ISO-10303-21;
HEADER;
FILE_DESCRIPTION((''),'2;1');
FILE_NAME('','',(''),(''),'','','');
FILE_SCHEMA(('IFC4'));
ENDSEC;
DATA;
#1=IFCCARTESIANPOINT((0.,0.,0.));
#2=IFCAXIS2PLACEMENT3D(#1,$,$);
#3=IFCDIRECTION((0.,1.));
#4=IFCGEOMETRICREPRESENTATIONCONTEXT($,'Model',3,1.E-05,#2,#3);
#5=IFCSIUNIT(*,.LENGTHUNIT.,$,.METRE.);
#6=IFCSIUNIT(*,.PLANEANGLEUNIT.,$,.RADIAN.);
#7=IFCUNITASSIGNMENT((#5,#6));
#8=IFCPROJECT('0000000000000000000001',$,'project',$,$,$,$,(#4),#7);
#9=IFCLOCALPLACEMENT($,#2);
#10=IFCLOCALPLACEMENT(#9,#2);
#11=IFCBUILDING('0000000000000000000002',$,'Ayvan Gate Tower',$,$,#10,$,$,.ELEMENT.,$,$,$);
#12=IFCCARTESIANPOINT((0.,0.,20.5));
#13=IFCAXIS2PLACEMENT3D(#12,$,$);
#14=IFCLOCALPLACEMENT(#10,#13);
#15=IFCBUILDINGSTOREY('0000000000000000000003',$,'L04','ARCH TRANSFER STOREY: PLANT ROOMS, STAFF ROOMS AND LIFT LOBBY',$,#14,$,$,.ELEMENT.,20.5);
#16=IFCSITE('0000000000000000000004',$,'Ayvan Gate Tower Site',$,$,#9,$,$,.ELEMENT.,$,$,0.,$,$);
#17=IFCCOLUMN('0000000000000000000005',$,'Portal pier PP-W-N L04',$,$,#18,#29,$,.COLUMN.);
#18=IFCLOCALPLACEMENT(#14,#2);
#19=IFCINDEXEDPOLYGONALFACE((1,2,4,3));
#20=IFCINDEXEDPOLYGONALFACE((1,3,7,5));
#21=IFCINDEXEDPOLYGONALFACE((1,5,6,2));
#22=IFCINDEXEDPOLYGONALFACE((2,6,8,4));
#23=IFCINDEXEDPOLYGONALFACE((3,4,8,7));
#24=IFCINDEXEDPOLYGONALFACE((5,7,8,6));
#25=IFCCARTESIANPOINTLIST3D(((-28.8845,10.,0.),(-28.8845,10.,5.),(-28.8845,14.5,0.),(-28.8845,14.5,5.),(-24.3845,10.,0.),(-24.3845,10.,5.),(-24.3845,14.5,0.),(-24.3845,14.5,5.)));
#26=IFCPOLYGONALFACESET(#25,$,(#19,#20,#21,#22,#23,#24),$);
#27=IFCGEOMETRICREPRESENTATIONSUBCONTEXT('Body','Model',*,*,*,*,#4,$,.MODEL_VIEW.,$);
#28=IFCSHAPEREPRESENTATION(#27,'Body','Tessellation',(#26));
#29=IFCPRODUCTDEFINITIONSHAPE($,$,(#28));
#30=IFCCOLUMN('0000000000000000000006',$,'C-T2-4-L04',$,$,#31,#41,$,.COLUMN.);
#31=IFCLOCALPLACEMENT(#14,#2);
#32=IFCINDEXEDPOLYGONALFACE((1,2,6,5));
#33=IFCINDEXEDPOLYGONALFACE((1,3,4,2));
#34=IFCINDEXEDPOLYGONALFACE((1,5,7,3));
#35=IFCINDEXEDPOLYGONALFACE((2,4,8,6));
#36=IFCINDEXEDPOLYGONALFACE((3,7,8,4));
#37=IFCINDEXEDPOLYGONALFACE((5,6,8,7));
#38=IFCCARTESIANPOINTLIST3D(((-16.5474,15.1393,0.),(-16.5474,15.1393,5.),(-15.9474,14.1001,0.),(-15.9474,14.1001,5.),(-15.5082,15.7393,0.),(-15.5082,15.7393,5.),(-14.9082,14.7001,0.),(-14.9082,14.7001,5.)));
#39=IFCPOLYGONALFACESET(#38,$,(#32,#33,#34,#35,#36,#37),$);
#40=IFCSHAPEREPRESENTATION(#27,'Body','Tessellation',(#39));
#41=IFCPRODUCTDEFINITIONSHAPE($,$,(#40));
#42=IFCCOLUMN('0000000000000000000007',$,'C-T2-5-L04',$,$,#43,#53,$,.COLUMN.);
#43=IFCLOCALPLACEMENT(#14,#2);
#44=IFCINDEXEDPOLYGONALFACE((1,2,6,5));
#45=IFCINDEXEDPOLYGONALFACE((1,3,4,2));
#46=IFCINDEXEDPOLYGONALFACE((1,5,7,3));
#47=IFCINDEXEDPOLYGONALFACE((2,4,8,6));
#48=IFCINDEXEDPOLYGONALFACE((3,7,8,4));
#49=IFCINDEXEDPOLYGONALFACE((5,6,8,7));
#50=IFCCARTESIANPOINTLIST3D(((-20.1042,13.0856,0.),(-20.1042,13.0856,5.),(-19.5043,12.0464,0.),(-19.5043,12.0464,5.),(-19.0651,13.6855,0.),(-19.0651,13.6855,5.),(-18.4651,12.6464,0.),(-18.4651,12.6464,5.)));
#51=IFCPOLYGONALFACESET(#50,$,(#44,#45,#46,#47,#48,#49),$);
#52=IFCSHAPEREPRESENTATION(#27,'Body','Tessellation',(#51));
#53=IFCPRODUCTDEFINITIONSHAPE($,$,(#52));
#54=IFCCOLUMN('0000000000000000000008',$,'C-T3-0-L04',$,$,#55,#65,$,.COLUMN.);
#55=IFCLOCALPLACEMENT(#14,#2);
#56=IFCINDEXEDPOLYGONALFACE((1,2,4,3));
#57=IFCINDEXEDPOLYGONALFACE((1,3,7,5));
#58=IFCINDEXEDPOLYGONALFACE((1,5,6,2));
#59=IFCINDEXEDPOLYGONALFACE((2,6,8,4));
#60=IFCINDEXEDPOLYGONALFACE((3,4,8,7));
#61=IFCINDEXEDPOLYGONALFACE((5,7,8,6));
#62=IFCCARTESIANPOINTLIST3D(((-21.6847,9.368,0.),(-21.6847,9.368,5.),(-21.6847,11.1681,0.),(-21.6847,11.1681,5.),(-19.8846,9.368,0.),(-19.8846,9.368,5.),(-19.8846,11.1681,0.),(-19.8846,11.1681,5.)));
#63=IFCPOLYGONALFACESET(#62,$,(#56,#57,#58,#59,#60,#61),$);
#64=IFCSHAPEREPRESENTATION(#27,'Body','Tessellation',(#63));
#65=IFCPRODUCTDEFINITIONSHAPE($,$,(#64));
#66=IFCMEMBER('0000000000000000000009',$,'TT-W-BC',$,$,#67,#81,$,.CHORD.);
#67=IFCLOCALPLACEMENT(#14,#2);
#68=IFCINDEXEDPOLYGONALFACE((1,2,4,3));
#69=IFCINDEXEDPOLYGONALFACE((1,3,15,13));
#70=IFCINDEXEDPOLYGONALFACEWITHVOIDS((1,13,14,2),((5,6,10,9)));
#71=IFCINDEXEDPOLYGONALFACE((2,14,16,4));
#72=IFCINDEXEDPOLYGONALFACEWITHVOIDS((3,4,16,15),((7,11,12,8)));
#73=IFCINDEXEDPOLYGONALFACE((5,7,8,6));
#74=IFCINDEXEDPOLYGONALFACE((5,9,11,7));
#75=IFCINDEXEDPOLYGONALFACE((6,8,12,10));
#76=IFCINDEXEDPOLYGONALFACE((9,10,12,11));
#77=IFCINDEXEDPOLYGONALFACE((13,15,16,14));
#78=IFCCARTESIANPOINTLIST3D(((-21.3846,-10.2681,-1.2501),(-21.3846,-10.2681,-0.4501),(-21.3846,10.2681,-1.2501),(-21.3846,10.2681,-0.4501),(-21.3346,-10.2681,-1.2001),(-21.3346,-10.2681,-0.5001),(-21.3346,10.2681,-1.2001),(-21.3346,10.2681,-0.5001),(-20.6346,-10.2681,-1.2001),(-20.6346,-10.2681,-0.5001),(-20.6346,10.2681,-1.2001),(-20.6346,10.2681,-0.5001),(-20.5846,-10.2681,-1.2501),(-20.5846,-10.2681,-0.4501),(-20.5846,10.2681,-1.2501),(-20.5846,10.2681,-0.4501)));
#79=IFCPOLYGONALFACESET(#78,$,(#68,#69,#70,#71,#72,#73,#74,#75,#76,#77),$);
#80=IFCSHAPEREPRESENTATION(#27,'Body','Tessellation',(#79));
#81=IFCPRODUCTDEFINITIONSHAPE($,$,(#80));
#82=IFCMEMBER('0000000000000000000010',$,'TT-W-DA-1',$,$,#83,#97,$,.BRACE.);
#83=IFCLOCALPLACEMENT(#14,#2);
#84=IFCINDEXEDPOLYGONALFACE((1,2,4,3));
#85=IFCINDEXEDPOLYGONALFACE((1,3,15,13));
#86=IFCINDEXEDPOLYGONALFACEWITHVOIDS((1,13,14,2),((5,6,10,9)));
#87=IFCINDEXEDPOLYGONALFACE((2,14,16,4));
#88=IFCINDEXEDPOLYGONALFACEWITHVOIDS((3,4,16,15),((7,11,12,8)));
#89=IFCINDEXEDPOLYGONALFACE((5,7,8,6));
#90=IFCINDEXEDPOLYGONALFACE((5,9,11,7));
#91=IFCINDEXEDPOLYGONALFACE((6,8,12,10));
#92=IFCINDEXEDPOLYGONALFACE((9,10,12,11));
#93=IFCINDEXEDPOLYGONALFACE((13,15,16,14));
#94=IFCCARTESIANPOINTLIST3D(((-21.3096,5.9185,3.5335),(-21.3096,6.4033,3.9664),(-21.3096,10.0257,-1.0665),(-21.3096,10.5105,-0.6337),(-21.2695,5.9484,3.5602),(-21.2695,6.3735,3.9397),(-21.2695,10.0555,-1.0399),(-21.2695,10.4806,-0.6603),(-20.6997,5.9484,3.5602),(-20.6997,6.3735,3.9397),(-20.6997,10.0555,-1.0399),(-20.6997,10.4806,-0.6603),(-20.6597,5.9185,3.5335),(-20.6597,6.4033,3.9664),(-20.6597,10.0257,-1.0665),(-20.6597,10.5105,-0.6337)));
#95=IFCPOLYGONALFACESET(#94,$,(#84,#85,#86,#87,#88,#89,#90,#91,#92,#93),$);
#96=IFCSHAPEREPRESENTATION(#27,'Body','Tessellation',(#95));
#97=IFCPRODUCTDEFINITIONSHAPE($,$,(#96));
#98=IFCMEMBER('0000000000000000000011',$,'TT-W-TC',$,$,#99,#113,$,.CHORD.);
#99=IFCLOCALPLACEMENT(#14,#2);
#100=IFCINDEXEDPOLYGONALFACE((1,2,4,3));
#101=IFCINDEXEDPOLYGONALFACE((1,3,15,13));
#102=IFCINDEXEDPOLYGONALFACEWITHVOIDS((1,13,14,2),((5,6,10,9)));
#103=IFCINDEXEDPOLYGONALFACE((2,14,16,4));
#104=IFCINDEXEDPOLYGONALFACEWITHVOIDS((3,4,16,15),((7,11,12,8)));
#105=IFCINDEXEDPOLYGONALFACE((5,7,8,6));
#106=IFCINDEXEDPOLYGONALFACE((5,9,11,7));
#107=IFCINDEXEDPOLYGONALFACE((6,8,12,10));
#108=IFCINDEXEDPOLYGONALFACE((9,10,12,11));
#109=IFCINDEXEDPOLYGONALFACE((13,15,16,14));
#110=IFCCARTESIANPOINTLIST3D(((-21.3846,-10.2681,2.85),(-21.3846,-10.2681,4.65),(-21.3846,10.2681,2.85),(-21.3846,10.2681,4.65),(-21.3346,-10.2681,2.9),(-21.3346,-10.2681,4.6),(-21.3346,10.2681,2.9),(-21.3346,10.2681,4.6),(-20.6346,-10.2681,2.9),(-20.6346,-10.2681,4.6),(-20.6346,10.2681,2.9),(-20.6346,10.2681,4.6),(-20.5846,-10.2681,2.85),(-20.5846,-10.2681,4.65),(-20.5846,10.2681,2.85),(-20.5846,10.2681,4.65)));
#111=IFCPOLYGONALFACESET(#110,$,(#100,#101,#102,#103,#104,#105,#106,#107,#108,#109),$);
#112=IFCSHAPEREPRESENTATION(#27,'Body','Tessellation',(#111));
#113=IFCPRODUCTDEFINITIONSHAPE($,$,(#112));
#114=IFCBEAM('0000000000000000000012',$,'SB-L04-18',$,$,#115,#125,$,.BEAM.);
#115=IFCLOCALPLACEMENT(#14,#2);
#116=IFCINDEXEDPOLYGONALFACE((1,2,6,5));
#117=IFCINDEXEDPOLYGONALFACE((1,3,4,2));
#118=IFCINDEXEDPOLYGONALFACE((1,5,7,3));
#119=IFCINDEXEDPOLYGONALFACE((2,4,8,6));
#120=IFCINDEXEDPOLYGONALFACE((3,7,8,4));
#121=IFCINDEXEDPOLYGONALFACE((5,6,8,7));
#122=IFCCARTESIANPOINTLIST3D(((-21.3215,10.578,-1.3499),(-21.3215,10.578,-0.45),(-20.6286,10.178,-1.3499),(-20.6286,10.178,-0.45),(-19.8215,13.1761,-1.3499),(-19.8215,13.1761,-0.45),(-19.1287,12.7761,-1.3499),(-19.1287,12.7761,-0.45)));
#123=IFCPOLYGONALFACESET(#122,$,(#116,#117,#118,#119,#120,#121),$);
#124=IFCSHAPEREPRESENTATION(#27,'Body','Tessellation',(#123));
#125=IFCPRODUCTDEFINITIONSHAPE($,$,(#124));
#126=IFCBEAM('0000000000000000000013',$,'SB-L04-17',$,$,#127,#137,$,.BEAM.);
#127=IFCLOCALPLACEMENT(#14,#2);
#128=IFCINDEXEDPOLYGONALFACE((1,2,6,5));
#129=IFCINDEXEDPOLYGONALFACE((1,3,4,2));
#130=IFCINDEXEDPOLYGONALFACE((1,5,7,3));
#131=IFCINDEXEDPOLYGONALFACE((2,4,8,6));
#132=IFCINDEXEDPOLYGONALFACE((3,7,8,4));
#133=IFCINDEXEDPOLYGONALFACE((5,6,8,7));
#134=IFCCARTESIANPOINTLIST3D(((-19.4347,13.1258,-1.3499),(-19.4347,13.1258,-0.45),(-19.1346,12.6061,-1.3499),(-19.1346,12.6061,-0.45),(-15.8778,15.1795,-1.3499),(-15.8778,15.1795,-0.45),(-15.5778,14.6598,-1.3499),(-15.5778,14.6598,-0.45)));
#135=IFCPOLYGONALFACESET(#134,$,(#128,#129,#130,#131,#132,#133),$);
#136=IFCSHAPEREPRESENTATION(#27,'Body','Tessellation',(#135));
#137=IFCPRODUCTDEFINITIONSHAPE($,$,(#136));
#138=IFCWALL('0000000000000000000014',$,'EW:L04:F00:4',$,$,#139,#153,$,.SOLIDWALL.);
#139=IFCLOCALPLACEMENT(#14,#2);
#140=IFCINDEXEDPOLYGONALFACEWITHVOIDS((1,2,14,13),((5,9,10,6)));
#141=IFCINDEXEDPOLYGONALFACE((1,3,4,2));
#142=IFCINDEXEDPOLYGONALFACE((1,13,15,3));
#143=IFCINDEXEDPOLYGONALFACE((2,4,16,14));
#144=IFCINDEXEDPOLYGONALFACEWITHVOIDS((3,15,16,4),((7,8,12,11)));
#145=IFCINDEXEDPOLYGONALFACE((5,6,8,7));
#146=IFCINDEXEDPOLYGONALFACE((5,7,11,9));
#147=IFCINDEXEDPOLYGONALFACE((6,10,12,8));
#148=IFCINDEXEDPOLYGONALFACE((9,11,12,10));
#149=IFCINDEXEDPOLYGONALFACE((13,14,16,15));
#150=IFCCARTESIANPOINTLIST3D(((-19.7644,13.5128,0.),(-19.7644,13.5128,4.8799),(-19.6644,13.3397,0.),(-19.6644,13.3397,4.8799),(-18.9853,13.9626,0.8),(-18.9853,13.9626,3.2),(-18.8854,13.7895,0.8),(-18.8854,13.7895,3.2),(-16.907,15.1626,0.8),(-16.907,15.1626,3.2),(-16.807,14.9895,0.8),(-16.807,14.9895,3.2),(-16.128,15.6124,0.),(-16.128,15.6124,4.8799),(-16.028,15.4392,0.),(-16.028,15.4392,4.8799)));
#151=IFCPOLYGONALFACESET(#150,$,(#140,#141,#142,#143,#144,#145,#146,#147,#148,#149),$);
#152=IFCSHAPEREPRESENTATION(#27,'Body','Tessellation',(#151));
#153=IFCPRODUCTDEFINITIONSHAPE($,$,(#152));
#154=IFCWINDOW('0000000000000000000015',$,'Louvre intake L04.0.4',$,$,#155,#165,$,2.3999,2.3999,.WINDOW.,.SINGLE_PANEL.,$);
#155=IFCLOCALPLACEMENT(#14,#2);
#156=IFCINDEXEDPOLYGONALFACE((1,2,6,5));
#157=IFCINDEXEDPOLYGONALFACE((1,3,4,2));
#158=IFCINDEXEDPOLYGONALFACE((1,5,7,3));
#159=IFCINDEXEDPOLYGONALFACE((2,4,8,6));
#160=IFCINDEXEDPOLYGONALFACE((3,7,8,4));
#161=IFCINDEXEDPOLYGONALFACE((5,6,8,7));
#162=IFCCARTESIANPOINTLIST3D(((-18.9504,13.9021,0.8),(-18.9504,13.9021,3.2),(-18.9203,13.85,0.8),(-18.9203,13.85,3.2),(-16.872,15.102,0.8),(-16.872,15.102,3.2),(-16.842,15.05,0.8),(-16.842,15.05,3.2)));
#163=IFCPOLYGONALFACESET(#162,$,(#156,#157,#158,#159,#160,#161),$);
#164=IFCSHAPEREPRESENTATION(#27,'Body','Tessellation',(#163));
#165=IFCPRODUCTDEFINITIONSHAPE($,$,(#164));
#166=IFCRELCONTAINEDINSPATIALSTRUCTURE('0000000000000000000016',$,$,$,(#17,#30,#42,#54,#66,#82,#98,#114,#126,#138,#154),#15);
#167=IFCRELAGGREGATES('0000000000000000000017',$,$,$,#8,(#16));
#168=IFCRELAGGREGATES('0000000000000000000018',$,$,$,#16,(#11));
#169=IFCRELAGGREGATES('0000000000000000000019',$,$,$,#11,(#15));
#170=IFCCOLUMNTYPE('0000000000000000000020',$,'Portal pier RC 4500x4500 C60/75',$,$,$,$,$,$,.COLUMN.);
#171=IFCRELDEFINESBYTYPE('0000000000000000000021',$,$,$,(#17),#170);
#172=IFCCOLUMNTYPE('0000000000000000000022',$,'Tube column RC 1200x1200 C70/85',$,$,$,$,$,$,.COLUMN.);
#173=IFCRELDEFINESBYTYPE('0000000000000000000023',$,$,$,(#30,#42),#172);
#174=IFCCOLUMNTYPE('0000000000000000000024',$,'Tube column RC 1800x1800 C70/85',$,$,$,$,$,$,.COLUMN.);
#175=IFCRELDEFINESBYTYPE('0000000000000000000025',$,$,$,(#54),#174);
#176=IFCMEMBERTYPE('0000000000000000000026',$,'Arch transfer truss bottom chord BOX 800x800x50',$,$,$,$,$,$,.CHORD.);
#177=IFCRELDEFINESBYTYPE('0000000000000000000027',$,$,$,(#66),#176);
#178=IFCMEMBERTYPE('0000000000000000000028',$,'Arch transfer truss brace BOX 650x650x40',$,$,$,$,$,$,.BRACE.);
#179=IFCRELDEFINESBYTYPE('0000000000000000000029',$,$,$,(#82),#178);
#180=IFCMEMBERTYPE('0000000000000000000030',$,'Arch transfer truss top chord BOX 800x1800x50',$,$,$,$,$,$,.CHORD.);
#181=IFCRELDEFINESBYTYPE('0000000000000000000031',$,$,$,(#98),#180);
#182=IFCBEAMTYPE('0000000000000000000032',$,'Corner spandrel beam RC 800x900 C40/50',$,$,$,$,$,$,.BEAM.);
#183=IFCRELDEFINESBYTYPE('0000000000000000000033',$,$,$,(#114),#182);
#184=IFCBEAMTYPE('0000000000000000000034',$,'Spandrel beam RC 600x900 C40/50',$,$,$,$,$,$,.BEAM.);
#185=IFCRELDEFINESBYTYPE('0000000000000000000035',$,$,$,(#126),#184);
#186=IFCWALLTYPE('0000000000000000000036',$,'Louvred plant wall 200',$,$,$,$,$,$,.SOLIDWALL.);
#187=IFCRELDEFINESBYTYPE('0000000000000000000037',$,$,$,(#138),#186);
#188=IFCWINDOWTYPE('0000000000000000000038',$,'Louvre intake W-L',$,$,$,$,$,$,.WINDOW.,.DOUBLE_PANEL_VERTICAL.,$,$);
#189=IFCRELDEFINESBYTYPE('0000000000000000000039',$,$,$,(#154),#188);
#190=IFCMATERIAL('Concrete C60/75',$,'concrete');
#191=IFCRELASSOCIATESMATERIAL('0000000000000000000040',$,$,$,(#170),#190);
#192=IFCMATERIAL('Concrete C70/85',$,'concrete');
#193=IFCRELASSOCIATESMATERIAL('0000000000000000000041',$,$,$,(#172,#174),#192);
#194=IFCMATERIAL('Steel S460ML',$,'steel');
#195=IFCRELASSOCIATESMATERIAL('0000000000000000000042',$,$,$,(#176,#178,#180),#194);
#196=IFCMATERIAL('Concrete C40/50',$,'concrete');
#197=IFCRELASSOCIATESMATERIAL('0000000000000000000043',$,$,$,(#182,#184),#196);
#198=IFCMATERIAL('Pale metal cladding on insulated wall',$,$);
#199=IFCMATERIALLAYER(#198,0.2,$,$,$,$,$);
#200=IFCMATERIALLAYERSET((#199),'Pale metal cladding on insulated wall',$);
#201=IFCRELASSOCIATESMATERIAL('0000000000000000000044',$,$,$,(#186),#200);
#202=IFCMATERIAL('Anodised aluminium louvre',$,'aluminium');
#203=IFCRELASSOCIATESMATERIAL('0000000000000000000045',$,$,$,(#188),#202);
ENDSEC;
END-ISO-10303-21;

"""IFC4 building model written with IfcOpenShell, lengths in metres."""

from ifc_helpers import new_model, si_unit, direction, frame, frame_2d, origin, origin_2d, place, context, subcontext, project, spatial, rectangle, hollow_rectangle, extrude, material, layer, layer_set, material_profile, profile_set, type_object, element, fill, save


model = new_model("IFC4")

# Units and contexts
model_context = context("Model", 3, precision=1e-05, world=origin(), true_north=direction((0.0, 1.0)))
body_context = subcontext(model_context, "Body", "Model", "MODEL_VIEW")
ifc_project = project(units=[si_unit("LENGTHUNIT", "METRE"), si_unit("PLANEANGLEUNIT", "RADIAN")], contexts=[model_context])

# Site, building, storey
site_placement = place(None, origin())
site = spatial("IfcSite", under=ifc_project, at=site_placement, Name="Ayvan Gate Tower Site", CompositionType="ELEMENT", RefElevation=0.0)
building_placement = place(site_placement, origin())
building = spatial("IfcBuilding", under=site, at=building_placement, Name="Ayvan Gate Tower", CompositionType="ELEMENT")
storey_placement = place(building_placement, frame((0.0, 0.0, 20.5)))
storey = spatial("IfcBuildingStorey", under=building, at=storey_placement, Name="L04", Description="ARCH TRANSFER STOREY: PLANT ROOMS, STAFF ROOMS AND LIFT LOBBY", CompositionType="ELEMENT", Elevation=20.5)

# Columns
ifc_material_1 = material(Name="Concrete C60/75", Category="concrete")
ifc_material_profile_1 = material_profile(ifc_material_1, rectangle(XDim=4.5, YDim=4.5, at=origin_2d()), Name="RC 4500x4500")
ifc_profile_set_1 = profile_set([ifc_material_profile_1], Name="Concrete C60/75")
column_type_1 = type_object("IfcColumnType", Name="Portal pier RC 4500x4500 C60/75", PredefinedType="COLUMN", material=ifc_profile_set_1)
column_1_placement = place(storey_placement, frame((-26.6345, 12.25, 0.0), z_axis=(0.0, 0.0, 1.0), x_axis=(-1.0, 0.0, 0.0)))
element("IfcColumn", 1, at=column_1_placement, inside=storey, type_object=column_type_1, Name="Portal pier PP-W-N L04", PredefinedType="COLUMN", context=body_context, shape_type="SweptSolid", body=[
    extrude(rectangle(XDim=4.5, YDim=4.5, at=origin_2d()), origin(), (0.0, 0.0, 1.0), 5.0),
])
ifc_material_2 = material(Name="Concrete C70/85", Category="concrete")
ifc_material_profile_2 = material_profile(ifc_material_2, rectangle(XDim=1.2, YDim=1.2, at=origin_2d()), Name="RC 1200x1200")
ifc_profile_set_2 = profile_set([ifc_material_profile_2], Name="Concrete C70/85")
column_type_2 = type_object("IfcColumnType", Name="Tube column RC 1200x1200 C70/85", PredefinedType="COLUMN", material=ifc_profile_set_2)
for number, where, z_axis, x_axis, name in (
    (2, (-15.7278, 14.9197, 0.0), (0.0, 0.0, 1.0), (-0.5, 0.866025, 0.0), "C-T2-4-L04"),
    (3, (-19.2847, 12.866, 0.0), (0.0, 0.0, 1.0), (-0.5, 0.866025, 0.0), "C-T2-5-L04"),
):
    element("IfcColumn", number, at=place(storey_placement, frame(where, z_axis=z_axis, x_axis=x_axis)), inside=storey, type_object=column_type_2, Name=name, PredefinedType="COLUMN", context=body_context, shape_type="SweptSolid", body=[
        extrude(rectangle(XDim=1.2, YDim=1.2, at=origin_2d()), origin(), (0.0, 0.0, 1.0), 5.0),
    ])
ifc_material_profile_3 = material_profile(ifc_material_2, rectangle(XDim=1.8, YDim=1.8, at=origin_2d()), Name="RC 1800x1800")
ifc_profile_set_3 = profile_set([ifc_material_profile_3], Name="Concrete C70/85")
column_type_3 = type_object("IfcColumnType", Name="Tube column RC 1800x1800 C70/85", PredefinedType="COLUMN", material=ifc_profile_set_3)
column_2_placement = place(storey_placement, frame((-20.7847, 10.2681, 0.0), z_axis=(0.0, 0.0, 1.0), x_axis=(-1.0, 0.0, 0.0)))
element("IfcColumn", 4, at=column_2_placement, inside=storey, type_object=column_type_3, Name="C-T3-0-L04", PredefinedType="COLUMN", context=body_context, shape_type="SweptSolid", body=[
    extrude(rectangle(XDim=1.8, YDim=1.8, at=origin_2d()), origin(), (0.0, 0.0, 1.0), 5.0),
])

# Members
ifc_material_3 = material(Name="Steel S460ML", Category="steel")
ifc_material_profile_4 = material_profile(ifc_material_3, hollow_rectangle(XDim=0.8, YDim=0.8, WallThickness=0.05, at=origin_2d()), Name="BOX 800x800x50")
ifc_profile_set_4 = profile_set([ifc_material_profile_4], Name="Steel S460ML")
member_type_1 = type_object("IfcMemberType", Name="Arch transfer truss bottom chord BOX 800x800x50", PredefinedType="CHORD", material=ifc_profile_set_4)
member_1_placement = place(storey_placement, frame((-20.9846, 10.2681, -0.8501), z_axis=(0.0, -1.0, 0.0), x_axis=(1.0, 0.0, 0.0)))
element("IfcMember", 5, at=member_1_placement, inside=storey, type_object=member_type_1, Name="TT-W-BC", PredefinedType="CHORD", context=body_context, shape_type="SweptSolid", body=[
    extrude(hollow_rectangle(XDim=0.8, YDim=0.8, WallThickness=0.05, at=origin_2d()), origin(), (0.0, 0.0, 1.0), 20.5361),
])
ifc_material_profile_5 = material_profile(ifc_material_3, hollow_rectangle(XDim=0.6499, YDim=0.6499, WallThickness=0.04, at=origin_2d()), Name="BOX 650x650x40")
ifc_profile_set_5 = profile_set([ifc_material_profile_5], Name="Steel S460ML")
member_type_2 = type_object("IfcMemberType", Name="Arch transfer truss brace BOX 650x650x40", PredefinedType="BRACE", material=ifc_profile_set_5)
member_2_placement = place(storey_placement, frame((-20.9846, 10.2681, -0.8501), z_axis=(0.0, -0.666011, 0.745942), x_axis=(1.0, 0.0, 0.0)))
element("IfcMember", 6, at=member_2_placement, inside=storey, type_object=member_type_2, Name="TT-W-DA-1", PredefinedType="BRACE", context=body_context, shape_type="SweptSolid", body=[
    extrude(hollow_rectangle(XDim=0.6499, YDim=0.6499, WallThickness=0.04, at=origin_2d()), origin(), (0.0, 0.0, 1.0), 6.1667),
])
ifc_material_profile_6 = material_profile(ifc_material_3, hollow_rectangle(XDim=0.8, YDim=1.8, WallThickness=0.05, at=origin_2d()), Name="BOX 800x1800x50")
ifc_profile_set_6 = profile_set([ifc_material_profile_6], Name="Steel S460ML")
member_type_3 = type_object("IfcMemberType", Name="Arch transfer truss top chord BOX 800x1800x50", PredefinedType="CHORD", material=ifc_profile_set_6)
member_3_placement = place(storey_placement, frame((-20.9846, 10.2681, 3.75), z_axis=(0.0, -1.0, 0.0), x_axis=(1.0, 0.0, 0.0)))
element("IfcMember", 7, at=member_3_placement, inside=storey, type_object=member_type_3, Name="TT-W-TC", PredefinedType="CHORD", context=body_context, shape_type="SweptSolid", body=[
    extrude(hollow_rectangle(XDim=0.8, YDim=1.8, WallThickness=0.05, at=origin_2d()), origin(), (0.0, 0.0, 1.0), 20.5361),
])

# Beams
ifc_material_4 = material(Name="Concrete C40/50", Category="concrete")
ifc_material_profile_7 = material_profile(ifc_material_4, rectangle(XDim=0.8, YDim=0.8999, at=origin_2d()), Name="RC 800x900")
ifc_profile_set_7 = profile_set([ifc_material_profile_7], Name="Concrete C40/50")
beam_type_1 = type_object("IfcBeamType", Name="Corner spandrel beam RC 800x900 C40/50", PredefinedType="BEAM", material=ifc_profile_set_7)
beam_1_placement = place(storey_placement, frame((-19.4751, 12.9761, -0.8999), z_axis=(-0.49999, -0.866031, 0.0), x_axis=(0.866031, -0.49999, 0.0)))
element("IfcBeam", 8, at=beam_1_placement, inside=storey, type_object=beam_type_1, Name="SB-L04-18", PredefinedType="BEAM", context=body_context, shape_type="SweptSolid", body=[
    extrude(rectangle(XDim=0.8, YDim=0.8999, at=origin_2d()), origin(), (0.0, 0.0, 1.0), 3.0),
])
ifc_material_profile_8 = material_profile(ifc_material_4, rectangle(XDim=0.6001, YDim=0.8999, at=origin_2d()), Name="RC 600x900")
ifc_profile_set_8 = profile_set([ifc_material_profile_8], Name="Concrete C40/50")
beam_type_2 = type_object("IfcBeamType", Name="Spandrel beam RC 600x900 C40/50", PredefinedType="BEAM", material=ifc_profile_set_8)
beam_2_placement = place(storey_placement, frame((-15.7278, 14.9197, -0.8999), z_axis=(-0.86601, -0.500026, 0.0), x_axis=(0.500026, -0.86601, 0.0)))
element("IfcBeam", 9, at=beam_2_placement, inside=storey, type_object=beam_type_2, Name="SB-L04-17", PredefinedType="BEAM", context=body_context, shape_type="SweptSolid", body=[
    extrude(rectangle(XDim=0.6001, YDim=0.8999, at=origin_2d()), origin(), (0.0, 0.0, 1.0), 4.1072),
])

# Wall, opening, window
ifc_material_5 = material(Name="Pale metal cladding on insulated wall")
ifc_layer_1 = layer(ifc_material_5, 0.2)
ifc_layer_set_1 = layer_set([ifc_layer_1], Name="Pale metal cladding on insulated wall")
wall_type_1 = type_object("IfcWallType", Name="Louvred plant wall 200", PredefinedType="SOLIDWALL", material=ifc_layer_set_1)
wall_1_placement = place(storey_placement, frame((-16.0779, 15.5259, 0.0), z_axis=(0.0, 0.0, 1.0), x_axis=(-0.866016, -0.500016, 0.0)))
wall_1 = element("IfcWall", 10, at=wall_1_placement, inside=storey, type_object=wall_type_1, Name="EW:L04:F00:4", PredefinedType="SOLIDWALL", context=body_context, shape_type="SweptSolid", body=[
    extrude(rectangle(XDim=4.199, YDim=0.2, at=frame_2d((2.0996, 0.0))), origin(), (0.0, 0.0, 1.0), 4.8799),
])
opening_1_placement = place(wall_1_placement, frame((0.8997, 0.0, 0.8)))
opening_1 = element("IfcOpeningElement", 11, at=opening_1_placement, cuts=wall_1, PredefinedType="OPENING", context=body_context, shape_type="SweptSolid", body=[
    extrude(rectangle(XDim=2.3999, YDim=2.3999, at=frame_2d((1.2, 1.2))), frame((0.0, 0.1099, 0.0), z_axis=(0.0, -1.0, 0.0), x_axis=(1.0, 0.0, 0.0)), (0.0, 0.0, 1.0), 0.22),
])
ifc_material_6 = material(Name="Anodised aluminium louvre", Category="aluminium")
window_type = type_object("IfcWindowType", Name="Louvre intake W-L", PartitioningType="DOUBLE_PANEL_VERTICAL", PredefinedType="WINDOW", material=ifc_material_6)
window_placement = place(opening_1_placement, origin())
window = element("IfcWindow", 12, at=window_placement, inside=storey, type_object=window_type, Name="Louvre intake L04.0.4", OverallHeight=2.3999, OverallWidth=2.3999, PartitioningType="SINGLE_PANEL", PredefinedType="WINDOW", context=body_context, shape_type="SweptSolid", body=[
    extrude(rectangle(XDim=2.3999, YDim=2.3999, at=frame_2d((1.2, 1.2))), frame((0.0, 0.03, 0.0), z_axis=(0.0, -1.0, 0.0), x_axis=(1.0, 0.0, 0.0)), (0.0, 0.0, 1.0), 0.0601),
])
fill(opening_1, window)

save(model, "model.ifc")
